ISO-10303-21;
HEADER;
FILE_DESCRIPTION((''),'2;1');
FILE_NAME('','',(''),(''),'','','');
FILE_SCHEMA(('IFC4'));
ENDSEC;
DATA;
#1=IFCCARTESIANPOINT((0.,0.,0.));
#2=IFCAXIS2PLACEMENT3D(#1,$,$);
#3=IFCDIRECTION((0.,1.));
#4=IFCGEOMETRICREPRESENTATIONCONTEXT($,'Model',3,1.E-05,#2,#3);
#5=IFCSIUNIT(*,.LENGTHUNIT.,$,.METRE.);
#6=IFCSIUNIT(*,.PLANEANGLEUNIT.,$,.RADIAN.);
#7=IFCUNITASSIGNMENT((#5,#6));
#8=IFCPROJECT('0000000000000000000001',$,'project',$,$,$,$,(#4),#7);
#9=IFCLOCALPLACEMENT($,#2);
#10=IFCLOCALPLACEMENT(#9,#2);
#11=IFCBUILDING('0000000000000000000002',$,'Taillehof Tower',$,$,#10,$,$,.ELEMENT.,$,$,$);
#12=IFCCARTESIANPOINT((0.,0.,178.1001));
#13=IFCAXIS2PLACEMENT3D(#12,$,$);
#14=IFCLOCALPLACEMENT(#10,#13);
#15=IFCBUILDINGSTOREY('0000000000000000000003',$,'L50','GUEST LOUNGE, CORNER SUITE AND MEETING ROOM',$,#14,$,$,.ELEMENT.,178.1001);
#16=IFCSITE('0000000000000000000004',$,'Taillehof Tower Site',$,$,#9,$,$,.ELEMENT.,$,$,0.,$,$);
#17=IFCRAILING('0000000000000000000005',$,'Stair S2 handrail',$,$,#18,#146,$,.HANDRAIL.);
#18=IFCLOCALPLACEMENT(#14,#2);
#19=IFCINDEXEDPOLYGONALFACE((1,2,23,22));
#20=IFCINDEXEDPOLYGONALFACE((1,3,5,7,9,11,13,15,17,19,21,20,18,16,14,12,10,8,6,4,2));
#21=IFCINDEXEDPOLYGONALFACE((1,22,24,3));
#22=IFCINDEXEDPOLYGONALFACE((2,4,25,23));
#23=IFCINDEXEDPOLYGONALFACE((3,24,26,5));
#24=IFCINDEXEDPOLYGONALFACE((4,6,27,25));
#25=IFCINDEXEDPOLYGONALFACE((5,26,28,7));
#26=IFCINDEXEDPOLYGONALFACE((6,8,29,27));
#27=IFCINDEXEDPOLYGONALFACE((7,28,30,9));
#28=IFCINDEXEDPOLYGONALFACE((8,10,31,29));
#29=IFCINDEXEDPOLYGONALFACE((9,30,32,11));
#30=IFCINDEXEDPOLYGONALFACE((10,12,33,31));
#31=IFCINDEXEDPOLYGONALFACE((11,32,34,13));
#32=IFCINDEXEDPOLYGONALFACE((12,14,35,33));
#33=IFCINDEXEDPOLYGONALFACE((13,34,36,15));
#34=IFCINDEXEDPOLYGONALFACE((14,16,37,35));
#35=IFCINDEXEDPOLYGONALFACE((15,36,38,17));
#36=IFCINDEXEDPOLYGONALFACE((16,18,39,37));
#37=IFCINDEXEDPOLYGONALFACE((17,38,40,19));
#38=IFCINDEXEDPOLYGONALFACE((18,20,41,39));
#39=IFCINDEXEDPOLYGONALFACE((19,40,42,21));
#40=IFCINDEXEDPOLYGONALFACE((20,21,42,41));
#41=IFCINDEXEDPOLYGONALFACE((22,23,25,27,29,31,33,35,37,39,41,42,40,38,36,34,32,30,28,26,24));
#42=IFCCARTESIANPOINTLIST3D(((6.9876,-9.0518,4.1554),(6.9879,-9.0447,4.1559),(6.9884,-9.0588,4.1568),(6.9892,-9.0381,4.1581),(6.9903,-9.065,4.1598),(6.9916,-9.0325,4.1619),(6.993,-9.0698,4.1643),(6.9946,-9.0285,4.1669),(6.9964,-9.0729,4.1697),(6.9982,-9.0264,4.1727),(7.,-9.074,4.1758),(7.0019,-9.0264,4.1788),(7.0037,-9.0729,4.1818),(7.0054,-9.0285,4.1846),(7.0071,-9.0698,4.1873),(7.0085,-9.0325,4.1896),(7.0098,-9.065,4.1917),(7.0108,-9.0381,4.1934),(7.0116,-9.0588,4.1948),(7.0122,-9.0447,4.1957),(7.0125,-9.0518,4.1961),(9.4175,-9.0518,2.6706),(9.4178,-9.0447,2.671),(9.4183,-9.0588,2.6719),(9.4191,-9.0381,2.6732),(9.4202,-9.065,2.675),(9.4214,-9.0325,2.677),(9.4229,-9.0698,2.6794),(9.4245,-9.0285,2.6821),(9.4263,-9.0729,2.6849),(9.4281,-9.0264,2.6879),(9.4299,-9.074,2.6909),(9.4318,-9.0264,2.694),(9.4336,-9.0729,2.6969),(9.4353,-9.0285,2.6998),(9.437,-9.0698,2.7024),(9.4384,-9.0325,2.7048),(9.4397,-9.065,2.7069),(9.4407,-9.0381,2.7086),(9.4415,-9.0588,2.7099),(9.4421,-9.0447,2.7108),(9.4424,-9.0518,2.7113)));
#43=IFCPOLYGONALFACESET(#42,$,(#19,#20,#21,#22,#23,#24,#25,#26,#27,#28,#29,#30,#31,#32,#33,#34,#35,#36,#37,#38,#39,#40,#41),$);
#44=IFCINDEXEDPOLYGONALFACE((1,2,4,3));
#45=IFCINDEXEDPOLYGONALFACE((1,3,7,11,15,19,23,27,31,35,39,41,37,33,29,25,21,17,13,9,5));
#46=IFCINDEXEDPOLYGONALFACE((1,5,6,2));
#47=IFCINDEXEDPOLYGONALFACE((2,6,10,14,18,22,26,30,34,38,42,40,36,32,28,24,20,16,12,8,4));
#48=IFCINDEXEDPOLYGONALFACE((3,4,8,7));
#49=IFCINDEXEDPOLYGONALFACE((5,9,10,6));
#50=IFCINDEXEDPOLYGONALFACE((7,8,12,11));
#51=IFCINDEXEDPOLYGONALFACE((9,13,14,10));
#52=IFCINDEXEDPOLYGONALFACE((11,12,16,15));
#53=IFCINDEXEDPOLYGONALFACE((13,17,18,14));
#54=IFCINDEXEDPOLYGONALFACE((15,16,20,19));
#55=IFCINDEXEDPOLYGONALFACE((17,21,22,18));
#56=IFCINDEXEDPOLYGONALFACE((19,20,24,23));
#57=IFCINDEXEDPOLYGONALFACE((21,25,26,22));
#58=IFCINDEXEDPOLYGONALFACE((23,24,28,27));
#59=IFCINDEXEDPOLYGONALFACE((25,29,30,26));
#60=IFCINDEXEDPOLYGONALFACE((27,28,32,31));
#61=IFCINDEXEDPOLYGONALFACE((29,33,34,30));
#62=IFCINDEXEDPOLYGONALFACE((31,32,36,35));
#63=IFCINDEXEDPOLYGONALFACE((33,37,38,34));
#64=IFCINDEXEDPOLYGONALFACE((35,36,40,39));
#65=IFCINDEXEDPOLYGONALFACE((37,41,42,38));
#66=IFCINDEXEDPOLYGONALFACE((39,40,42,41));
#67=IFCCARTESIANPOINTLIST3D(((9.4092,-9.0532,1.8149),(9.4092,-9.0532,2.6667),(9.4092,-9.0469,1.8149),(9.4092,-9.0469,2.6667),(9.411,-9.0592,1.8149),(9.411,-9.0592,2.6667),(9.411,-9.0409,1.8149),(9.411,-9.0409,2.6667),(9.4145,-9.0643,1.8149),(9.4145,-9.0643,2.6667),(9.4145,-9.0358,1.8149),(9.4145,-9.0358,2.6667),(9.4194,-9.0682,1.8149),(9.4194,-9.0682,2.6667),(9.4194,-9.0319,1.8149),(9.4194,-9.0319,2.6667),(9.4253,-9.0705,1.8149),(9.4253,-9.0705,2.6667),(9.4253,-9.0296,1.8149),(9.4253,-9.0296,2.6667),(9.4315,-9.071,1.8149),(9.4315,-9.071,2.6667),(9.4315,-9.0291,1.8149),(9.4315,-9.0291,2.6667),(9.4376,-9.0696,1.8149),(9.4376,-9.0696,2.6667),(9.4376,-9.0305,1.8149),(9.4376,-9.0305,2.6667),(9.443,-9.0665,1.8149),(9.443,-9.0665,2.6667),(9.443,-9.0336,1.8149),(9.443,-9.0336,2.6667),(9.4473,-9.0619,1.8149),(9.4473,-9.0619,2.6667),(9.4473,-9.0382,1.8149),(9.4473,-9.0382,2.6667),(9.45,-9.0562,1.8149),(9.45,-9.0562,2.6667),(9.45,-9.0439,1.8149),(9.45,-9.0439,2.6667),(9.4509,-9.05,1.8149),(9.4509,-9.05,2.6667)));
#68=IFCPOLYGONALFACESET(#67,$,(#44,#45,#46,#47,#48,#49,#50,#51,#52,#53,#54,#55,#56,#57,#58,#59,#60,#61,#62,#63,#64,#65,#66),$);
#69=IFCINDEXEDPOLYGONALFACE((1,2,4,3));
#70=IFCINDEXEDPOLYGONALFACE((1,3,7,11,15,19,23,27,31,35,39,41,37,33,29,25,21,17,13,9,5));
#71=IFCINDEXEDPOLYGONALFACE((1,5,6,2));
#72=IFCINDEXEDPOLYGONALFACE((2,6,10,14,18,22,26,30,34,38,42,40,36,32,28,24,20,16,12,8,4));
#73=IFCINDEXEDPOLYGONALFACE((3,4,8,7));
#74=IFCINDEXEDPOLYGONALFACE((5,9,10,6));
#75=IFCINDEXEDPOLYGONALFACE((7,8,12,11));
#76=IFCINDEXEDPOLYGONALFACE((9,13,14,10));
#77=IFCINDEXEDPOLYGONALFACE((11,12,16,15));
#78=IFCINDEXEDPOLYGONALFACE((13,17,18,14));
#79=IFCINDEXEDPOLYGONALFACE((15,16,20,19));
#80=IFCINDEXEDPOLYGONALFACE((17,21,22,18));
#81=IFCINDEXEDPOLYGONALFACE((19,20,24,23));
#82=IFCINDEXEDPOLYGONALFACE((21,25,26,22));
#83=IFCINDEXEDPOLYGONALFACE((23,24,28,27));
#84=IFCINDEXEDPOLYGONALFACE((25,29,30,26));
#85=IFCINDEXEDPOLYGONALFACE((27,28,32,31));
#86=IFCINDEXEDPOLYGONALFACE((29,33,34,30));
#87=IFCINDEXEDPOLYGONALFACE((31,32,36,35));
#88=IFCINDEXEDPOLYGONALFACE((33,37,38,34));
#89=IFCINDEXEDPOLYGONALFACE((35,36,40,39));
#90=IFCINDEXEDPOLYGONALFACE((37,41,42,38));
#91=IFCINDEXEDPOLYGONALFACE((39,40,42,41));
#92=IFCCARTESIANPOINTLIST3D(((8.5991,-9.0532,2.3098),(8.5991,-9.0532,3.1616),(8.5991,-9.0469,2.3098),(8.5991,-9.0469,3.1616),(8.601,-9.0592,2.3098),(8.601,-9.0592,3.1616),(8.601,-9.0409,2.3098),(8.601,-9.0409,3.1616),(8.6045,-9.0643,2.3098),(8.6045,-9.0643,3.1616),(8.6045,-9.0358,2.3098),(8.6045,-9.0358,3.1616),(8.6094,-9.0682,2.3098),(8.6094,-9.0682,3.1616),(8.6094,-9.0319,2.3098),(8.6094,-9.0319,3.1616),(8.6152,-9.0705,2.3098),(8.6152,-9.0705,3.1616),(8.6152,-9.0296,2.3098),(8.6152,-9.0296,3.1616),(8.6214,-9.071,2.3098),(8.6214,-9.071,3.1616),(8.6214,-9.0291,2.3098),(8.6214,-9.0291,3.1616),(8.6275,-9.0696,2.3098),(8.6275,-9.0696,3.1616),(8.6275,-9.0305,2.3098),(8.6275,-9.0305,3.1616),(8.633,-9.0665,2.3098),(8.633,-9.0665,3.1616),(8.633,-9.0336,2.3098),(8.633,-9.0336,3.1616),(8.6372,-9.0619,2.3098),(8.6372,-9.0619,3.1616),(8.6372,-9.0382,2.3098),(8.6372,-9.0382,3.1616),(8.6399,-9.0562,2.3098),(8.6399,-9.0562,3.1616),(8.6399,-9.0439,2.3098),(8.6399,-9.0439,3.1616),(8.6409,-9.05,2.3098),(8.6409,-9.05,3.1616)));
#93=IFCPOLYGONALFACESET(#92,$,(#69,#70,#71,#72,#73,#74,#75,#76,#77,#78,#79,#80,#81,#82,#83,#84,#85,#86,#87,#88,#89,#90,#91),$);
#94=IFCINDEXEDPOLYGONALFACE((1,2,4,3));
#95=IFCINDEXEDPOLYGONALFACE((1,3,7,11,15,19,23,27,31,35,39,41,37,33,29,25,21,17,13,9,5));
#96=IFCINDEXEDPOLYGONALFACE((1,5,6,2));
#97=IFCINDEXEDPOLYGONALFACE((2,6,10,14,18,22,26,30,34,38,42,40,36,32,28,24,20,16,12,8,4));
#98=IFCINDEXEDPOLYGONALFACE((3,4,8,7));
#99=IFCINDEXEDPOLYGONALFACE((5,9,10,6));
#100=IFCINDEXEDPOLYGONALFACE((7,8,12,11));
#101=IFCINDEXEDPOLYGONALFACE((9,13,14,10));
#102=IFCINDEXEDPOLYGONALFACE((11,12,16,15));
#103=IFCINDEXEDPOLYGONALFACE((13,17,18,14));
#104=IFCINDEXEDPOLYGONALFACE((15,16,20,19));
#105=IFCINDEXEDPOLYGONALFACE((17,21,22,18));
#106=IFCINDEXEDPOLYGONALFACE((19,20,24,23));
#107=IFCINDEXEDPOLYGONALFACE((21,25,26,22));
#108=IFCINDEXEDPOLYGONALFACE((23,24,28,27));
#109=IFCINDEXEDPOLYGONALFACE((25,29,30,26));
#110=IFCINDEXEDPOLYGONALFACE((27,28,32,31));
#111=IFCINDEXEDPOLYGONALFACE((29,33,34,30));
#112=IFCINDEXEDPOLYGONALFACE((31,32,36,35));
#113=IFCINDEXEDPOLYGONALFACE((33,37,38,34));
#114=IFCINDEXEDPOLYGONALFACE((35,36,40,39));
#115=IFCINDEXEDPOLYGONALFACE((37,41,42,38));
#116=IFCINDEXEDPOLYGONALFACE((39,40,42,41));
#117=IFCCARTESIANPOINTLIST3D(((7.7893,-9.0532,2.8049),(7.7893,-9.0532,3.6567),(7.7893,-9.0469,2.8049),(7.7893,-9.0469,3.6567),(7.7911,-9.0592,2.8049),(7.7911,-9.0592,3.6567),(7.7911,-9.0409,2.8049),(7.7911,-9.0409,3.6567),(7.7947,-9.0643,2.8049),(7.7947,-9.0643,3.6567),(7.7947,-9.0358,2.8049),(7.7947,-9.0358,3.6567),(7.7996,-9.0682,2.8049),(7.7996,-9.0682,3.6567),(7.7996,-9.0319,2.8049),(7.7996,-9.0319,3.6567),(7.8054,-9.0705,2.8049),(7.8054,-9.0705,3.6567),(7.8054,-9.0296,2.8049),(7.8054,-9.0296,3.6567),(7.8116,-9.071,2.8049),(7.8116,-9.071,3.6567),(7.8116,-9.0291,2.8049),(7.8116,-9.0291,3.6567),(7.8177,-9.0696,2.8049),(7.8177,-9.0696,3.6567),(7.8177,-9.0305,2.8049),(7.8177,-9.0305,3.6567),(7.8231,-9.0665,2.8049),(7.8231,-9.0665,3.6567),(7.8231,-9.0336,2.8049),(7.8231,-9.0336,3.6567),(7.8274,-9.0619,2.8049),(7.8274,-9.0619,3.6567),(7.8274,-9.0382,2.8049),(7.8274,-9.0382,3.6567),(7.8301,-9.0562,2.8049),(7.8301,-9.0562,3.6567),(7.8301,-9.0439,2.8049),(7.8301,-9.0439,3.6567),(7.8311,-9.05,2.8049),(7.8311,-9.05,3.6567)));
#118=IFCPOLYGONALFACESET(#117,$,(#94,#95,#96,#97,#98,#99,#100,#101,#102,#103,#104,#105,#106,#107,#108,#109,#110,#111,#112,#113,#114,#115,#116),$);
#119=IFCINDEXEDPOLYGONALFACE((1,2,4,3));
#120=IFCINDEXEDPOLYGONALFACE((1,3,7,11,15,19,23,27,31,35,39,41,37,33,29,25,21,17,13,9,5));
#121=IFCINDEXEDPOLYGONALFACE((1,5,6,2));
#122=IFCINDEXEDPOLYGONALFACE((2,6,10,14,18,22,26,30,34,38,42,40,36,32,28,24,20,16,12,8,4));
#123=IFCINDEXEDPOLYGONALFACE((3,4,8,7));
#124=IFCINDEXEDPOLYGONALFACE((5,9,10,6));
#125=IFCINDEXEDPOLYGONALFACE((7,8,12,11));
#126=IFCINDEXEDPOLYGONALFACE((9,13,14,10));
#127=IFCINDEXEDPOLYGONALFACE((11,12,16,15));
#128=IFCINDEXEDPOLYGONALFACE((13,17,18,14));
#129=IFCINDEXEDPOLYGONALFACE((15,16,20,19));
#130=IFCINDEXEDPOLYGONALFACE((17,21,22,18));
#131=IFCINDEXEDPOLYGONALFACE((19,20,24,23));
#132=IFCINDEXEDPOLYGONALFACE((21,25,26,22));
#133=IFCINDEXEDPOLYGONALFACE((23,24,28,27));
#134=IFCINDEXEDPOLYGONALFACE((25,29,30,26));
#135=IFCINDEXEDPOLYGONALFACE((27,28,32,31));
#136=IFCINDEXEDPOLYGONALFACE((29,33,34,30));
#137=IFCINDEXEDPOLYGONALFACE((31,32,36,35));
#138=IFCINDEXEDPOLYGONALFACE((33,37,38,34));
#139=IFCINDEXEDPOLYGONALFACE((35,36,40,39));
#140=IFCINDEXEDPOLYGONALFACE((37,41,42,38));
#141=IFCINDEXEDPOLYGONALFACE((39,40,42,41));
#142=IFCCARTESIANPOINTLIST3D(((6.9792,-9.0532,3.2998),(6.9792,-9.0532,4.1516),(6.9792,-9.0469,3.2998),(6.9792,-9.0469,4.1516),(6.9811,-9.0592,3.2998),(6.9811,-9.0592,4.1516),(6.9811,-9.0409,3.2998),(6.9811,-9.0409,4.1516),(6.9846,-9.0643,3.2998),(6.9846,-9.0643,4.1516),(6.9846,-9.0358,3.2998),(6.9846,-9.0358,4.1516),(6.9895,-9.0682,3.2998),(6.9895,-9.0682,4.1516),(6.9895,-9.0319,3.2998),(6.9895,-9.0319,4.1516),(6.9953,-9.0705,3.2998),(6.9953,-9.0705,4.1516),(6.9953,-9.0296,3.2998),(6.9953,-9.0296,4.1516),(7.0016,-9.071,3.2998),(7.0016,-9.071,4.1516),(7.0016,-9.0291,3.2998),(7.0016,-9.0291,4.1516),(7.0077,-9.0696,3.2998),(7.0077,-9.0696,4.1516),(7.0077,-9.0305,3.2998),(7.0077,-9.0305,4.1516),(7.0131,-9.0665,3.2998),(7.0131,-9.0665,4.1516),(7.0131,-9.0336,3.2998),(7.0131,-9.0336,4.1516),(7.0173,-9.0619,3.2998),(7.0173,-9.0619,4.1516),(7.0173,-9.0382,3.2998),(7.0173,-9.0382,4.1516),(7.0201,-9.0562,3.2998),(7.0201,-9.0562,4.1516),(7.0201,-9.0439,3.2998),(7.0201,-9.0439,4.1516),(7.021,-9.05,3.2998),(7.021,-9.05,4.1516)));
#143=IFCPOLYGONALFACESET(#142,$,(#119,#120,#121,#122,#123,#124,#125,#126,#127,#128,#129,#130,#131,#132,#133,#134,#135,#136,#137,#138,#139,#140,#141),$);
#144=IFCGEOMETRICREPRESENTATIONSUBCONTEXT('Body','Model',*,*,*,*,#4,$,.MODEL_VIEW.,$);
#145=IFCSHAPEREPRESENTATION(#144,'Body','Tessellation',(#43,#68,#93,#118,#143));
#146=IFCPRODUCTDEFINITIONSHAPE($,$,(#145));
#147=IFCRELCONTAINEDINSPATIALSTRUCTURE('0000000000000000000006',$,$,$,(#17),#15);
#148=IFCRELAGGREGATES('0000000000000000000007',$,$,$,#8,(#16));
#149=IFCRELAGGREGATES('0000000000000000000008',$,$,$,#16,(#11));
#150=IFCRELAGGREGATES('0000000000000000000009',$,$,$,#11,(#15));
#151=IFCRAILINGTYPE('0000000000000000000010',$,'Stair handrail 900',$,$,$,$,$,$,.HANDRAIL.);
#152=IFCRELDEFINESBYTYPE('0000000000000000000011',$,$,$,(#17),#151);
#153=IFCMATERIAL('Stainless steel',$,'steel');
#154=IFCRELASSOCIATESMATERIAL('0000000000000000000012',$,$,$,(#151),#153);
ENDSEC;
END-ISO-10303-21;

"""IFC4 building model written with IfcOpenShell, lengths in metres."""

from ifc_helpers import new_model, si_unit, direction, frame, origin, origin_2d, place, context, subcontext, project, spatial, circle, extrude, material, type_object, element, save


model = new_model("IFC4")

# Units and contexts
model_context = context("Model", 3, precision=1e-05, world=origin(), true_north=direction((0.0, 1.0)))
body_context = subcontext(model_context, "Body", "Model", "MODEL_VIEW")
ifc_project = project(units=[si_unit("LENGTHUNIT", "METRE"), si_unit("PLANEANGLEUNIT", "RADIAN")], contexts=[model_context])

# Site, building, storey
site_placement = place(None, origin())
site = spatial("IfcSite", under=ifc_project, at=site_placement, Name="Taillehof Tower Site", CompositionType="ELEMENT", RefElevation=0.0)
building_placement = place(site_placement, origin())
building = spatial("IfcBuilding", under=site, at=building_placement, Name="Taillehof Tower", CompositionType="ELEMENT")
storey_placement = place(building_placement, frame((0.0, 0.0, 178.1001)))
storey = spatial("IfcBuildingStorey", under=building, at=storey_placement, Name="L50", Description="GUEST LOUNGE, CORNER SUITE AND MEETING ROOM", CompositionType="ELEMENT", Elevation=178.1001)

# Railing
ifc_material_1 = material(Name="Stainless steel", Category="steel")
railing_type = type_object("IfcRailingType", Name="Stair handrail 900", PredefinedType="HANDRAIL", material=ifc_material_1)
railing_placement = place(storey_placement, frame((9.4299, -9.05, 1.8149)))
element("IfcRailing", 1, at=railing_placement, inside=storey, type_object=railing_type, Name="Stair S2 handrail", PredefinedType="HANDRAIL", context=body_context, shape_type="SweptSolid", body=[
    extrude(circle(Radius=0.0239, at=origin_2d()), frame((0.0, 0.0, 0.876), z_axis=(-0.853297, 0.0, 0.521426), x_axis=(0.0, -1.0, 0.0)), (0.0, 0.0, 1.0), 2.8477),
    extrude(circle(Radius=0.021, at=origin_2d()), origin(), (0.0, 0.0, 1.0), 0.8518),
    extrude(circle(Radius=0.021, at=origin_2d()), frame((-0.8101, 0.0, 0.4949)), (0.0, 0.0, 1.0), 0.8518),
    extrude(circle(Radius=0.021, at=origin_2d()), frame((-1.6199, 0.0, 0.99)), (0.0, 0.0, 1.0), 0.8518),
    extrude(circle(Radius=0.021, at=origin_2d()), frame((-2.4299, 0.0, 1.4849)), (0.0, 0.0, 1.0), 0.8518),
])

save(model, "model.ifc")
